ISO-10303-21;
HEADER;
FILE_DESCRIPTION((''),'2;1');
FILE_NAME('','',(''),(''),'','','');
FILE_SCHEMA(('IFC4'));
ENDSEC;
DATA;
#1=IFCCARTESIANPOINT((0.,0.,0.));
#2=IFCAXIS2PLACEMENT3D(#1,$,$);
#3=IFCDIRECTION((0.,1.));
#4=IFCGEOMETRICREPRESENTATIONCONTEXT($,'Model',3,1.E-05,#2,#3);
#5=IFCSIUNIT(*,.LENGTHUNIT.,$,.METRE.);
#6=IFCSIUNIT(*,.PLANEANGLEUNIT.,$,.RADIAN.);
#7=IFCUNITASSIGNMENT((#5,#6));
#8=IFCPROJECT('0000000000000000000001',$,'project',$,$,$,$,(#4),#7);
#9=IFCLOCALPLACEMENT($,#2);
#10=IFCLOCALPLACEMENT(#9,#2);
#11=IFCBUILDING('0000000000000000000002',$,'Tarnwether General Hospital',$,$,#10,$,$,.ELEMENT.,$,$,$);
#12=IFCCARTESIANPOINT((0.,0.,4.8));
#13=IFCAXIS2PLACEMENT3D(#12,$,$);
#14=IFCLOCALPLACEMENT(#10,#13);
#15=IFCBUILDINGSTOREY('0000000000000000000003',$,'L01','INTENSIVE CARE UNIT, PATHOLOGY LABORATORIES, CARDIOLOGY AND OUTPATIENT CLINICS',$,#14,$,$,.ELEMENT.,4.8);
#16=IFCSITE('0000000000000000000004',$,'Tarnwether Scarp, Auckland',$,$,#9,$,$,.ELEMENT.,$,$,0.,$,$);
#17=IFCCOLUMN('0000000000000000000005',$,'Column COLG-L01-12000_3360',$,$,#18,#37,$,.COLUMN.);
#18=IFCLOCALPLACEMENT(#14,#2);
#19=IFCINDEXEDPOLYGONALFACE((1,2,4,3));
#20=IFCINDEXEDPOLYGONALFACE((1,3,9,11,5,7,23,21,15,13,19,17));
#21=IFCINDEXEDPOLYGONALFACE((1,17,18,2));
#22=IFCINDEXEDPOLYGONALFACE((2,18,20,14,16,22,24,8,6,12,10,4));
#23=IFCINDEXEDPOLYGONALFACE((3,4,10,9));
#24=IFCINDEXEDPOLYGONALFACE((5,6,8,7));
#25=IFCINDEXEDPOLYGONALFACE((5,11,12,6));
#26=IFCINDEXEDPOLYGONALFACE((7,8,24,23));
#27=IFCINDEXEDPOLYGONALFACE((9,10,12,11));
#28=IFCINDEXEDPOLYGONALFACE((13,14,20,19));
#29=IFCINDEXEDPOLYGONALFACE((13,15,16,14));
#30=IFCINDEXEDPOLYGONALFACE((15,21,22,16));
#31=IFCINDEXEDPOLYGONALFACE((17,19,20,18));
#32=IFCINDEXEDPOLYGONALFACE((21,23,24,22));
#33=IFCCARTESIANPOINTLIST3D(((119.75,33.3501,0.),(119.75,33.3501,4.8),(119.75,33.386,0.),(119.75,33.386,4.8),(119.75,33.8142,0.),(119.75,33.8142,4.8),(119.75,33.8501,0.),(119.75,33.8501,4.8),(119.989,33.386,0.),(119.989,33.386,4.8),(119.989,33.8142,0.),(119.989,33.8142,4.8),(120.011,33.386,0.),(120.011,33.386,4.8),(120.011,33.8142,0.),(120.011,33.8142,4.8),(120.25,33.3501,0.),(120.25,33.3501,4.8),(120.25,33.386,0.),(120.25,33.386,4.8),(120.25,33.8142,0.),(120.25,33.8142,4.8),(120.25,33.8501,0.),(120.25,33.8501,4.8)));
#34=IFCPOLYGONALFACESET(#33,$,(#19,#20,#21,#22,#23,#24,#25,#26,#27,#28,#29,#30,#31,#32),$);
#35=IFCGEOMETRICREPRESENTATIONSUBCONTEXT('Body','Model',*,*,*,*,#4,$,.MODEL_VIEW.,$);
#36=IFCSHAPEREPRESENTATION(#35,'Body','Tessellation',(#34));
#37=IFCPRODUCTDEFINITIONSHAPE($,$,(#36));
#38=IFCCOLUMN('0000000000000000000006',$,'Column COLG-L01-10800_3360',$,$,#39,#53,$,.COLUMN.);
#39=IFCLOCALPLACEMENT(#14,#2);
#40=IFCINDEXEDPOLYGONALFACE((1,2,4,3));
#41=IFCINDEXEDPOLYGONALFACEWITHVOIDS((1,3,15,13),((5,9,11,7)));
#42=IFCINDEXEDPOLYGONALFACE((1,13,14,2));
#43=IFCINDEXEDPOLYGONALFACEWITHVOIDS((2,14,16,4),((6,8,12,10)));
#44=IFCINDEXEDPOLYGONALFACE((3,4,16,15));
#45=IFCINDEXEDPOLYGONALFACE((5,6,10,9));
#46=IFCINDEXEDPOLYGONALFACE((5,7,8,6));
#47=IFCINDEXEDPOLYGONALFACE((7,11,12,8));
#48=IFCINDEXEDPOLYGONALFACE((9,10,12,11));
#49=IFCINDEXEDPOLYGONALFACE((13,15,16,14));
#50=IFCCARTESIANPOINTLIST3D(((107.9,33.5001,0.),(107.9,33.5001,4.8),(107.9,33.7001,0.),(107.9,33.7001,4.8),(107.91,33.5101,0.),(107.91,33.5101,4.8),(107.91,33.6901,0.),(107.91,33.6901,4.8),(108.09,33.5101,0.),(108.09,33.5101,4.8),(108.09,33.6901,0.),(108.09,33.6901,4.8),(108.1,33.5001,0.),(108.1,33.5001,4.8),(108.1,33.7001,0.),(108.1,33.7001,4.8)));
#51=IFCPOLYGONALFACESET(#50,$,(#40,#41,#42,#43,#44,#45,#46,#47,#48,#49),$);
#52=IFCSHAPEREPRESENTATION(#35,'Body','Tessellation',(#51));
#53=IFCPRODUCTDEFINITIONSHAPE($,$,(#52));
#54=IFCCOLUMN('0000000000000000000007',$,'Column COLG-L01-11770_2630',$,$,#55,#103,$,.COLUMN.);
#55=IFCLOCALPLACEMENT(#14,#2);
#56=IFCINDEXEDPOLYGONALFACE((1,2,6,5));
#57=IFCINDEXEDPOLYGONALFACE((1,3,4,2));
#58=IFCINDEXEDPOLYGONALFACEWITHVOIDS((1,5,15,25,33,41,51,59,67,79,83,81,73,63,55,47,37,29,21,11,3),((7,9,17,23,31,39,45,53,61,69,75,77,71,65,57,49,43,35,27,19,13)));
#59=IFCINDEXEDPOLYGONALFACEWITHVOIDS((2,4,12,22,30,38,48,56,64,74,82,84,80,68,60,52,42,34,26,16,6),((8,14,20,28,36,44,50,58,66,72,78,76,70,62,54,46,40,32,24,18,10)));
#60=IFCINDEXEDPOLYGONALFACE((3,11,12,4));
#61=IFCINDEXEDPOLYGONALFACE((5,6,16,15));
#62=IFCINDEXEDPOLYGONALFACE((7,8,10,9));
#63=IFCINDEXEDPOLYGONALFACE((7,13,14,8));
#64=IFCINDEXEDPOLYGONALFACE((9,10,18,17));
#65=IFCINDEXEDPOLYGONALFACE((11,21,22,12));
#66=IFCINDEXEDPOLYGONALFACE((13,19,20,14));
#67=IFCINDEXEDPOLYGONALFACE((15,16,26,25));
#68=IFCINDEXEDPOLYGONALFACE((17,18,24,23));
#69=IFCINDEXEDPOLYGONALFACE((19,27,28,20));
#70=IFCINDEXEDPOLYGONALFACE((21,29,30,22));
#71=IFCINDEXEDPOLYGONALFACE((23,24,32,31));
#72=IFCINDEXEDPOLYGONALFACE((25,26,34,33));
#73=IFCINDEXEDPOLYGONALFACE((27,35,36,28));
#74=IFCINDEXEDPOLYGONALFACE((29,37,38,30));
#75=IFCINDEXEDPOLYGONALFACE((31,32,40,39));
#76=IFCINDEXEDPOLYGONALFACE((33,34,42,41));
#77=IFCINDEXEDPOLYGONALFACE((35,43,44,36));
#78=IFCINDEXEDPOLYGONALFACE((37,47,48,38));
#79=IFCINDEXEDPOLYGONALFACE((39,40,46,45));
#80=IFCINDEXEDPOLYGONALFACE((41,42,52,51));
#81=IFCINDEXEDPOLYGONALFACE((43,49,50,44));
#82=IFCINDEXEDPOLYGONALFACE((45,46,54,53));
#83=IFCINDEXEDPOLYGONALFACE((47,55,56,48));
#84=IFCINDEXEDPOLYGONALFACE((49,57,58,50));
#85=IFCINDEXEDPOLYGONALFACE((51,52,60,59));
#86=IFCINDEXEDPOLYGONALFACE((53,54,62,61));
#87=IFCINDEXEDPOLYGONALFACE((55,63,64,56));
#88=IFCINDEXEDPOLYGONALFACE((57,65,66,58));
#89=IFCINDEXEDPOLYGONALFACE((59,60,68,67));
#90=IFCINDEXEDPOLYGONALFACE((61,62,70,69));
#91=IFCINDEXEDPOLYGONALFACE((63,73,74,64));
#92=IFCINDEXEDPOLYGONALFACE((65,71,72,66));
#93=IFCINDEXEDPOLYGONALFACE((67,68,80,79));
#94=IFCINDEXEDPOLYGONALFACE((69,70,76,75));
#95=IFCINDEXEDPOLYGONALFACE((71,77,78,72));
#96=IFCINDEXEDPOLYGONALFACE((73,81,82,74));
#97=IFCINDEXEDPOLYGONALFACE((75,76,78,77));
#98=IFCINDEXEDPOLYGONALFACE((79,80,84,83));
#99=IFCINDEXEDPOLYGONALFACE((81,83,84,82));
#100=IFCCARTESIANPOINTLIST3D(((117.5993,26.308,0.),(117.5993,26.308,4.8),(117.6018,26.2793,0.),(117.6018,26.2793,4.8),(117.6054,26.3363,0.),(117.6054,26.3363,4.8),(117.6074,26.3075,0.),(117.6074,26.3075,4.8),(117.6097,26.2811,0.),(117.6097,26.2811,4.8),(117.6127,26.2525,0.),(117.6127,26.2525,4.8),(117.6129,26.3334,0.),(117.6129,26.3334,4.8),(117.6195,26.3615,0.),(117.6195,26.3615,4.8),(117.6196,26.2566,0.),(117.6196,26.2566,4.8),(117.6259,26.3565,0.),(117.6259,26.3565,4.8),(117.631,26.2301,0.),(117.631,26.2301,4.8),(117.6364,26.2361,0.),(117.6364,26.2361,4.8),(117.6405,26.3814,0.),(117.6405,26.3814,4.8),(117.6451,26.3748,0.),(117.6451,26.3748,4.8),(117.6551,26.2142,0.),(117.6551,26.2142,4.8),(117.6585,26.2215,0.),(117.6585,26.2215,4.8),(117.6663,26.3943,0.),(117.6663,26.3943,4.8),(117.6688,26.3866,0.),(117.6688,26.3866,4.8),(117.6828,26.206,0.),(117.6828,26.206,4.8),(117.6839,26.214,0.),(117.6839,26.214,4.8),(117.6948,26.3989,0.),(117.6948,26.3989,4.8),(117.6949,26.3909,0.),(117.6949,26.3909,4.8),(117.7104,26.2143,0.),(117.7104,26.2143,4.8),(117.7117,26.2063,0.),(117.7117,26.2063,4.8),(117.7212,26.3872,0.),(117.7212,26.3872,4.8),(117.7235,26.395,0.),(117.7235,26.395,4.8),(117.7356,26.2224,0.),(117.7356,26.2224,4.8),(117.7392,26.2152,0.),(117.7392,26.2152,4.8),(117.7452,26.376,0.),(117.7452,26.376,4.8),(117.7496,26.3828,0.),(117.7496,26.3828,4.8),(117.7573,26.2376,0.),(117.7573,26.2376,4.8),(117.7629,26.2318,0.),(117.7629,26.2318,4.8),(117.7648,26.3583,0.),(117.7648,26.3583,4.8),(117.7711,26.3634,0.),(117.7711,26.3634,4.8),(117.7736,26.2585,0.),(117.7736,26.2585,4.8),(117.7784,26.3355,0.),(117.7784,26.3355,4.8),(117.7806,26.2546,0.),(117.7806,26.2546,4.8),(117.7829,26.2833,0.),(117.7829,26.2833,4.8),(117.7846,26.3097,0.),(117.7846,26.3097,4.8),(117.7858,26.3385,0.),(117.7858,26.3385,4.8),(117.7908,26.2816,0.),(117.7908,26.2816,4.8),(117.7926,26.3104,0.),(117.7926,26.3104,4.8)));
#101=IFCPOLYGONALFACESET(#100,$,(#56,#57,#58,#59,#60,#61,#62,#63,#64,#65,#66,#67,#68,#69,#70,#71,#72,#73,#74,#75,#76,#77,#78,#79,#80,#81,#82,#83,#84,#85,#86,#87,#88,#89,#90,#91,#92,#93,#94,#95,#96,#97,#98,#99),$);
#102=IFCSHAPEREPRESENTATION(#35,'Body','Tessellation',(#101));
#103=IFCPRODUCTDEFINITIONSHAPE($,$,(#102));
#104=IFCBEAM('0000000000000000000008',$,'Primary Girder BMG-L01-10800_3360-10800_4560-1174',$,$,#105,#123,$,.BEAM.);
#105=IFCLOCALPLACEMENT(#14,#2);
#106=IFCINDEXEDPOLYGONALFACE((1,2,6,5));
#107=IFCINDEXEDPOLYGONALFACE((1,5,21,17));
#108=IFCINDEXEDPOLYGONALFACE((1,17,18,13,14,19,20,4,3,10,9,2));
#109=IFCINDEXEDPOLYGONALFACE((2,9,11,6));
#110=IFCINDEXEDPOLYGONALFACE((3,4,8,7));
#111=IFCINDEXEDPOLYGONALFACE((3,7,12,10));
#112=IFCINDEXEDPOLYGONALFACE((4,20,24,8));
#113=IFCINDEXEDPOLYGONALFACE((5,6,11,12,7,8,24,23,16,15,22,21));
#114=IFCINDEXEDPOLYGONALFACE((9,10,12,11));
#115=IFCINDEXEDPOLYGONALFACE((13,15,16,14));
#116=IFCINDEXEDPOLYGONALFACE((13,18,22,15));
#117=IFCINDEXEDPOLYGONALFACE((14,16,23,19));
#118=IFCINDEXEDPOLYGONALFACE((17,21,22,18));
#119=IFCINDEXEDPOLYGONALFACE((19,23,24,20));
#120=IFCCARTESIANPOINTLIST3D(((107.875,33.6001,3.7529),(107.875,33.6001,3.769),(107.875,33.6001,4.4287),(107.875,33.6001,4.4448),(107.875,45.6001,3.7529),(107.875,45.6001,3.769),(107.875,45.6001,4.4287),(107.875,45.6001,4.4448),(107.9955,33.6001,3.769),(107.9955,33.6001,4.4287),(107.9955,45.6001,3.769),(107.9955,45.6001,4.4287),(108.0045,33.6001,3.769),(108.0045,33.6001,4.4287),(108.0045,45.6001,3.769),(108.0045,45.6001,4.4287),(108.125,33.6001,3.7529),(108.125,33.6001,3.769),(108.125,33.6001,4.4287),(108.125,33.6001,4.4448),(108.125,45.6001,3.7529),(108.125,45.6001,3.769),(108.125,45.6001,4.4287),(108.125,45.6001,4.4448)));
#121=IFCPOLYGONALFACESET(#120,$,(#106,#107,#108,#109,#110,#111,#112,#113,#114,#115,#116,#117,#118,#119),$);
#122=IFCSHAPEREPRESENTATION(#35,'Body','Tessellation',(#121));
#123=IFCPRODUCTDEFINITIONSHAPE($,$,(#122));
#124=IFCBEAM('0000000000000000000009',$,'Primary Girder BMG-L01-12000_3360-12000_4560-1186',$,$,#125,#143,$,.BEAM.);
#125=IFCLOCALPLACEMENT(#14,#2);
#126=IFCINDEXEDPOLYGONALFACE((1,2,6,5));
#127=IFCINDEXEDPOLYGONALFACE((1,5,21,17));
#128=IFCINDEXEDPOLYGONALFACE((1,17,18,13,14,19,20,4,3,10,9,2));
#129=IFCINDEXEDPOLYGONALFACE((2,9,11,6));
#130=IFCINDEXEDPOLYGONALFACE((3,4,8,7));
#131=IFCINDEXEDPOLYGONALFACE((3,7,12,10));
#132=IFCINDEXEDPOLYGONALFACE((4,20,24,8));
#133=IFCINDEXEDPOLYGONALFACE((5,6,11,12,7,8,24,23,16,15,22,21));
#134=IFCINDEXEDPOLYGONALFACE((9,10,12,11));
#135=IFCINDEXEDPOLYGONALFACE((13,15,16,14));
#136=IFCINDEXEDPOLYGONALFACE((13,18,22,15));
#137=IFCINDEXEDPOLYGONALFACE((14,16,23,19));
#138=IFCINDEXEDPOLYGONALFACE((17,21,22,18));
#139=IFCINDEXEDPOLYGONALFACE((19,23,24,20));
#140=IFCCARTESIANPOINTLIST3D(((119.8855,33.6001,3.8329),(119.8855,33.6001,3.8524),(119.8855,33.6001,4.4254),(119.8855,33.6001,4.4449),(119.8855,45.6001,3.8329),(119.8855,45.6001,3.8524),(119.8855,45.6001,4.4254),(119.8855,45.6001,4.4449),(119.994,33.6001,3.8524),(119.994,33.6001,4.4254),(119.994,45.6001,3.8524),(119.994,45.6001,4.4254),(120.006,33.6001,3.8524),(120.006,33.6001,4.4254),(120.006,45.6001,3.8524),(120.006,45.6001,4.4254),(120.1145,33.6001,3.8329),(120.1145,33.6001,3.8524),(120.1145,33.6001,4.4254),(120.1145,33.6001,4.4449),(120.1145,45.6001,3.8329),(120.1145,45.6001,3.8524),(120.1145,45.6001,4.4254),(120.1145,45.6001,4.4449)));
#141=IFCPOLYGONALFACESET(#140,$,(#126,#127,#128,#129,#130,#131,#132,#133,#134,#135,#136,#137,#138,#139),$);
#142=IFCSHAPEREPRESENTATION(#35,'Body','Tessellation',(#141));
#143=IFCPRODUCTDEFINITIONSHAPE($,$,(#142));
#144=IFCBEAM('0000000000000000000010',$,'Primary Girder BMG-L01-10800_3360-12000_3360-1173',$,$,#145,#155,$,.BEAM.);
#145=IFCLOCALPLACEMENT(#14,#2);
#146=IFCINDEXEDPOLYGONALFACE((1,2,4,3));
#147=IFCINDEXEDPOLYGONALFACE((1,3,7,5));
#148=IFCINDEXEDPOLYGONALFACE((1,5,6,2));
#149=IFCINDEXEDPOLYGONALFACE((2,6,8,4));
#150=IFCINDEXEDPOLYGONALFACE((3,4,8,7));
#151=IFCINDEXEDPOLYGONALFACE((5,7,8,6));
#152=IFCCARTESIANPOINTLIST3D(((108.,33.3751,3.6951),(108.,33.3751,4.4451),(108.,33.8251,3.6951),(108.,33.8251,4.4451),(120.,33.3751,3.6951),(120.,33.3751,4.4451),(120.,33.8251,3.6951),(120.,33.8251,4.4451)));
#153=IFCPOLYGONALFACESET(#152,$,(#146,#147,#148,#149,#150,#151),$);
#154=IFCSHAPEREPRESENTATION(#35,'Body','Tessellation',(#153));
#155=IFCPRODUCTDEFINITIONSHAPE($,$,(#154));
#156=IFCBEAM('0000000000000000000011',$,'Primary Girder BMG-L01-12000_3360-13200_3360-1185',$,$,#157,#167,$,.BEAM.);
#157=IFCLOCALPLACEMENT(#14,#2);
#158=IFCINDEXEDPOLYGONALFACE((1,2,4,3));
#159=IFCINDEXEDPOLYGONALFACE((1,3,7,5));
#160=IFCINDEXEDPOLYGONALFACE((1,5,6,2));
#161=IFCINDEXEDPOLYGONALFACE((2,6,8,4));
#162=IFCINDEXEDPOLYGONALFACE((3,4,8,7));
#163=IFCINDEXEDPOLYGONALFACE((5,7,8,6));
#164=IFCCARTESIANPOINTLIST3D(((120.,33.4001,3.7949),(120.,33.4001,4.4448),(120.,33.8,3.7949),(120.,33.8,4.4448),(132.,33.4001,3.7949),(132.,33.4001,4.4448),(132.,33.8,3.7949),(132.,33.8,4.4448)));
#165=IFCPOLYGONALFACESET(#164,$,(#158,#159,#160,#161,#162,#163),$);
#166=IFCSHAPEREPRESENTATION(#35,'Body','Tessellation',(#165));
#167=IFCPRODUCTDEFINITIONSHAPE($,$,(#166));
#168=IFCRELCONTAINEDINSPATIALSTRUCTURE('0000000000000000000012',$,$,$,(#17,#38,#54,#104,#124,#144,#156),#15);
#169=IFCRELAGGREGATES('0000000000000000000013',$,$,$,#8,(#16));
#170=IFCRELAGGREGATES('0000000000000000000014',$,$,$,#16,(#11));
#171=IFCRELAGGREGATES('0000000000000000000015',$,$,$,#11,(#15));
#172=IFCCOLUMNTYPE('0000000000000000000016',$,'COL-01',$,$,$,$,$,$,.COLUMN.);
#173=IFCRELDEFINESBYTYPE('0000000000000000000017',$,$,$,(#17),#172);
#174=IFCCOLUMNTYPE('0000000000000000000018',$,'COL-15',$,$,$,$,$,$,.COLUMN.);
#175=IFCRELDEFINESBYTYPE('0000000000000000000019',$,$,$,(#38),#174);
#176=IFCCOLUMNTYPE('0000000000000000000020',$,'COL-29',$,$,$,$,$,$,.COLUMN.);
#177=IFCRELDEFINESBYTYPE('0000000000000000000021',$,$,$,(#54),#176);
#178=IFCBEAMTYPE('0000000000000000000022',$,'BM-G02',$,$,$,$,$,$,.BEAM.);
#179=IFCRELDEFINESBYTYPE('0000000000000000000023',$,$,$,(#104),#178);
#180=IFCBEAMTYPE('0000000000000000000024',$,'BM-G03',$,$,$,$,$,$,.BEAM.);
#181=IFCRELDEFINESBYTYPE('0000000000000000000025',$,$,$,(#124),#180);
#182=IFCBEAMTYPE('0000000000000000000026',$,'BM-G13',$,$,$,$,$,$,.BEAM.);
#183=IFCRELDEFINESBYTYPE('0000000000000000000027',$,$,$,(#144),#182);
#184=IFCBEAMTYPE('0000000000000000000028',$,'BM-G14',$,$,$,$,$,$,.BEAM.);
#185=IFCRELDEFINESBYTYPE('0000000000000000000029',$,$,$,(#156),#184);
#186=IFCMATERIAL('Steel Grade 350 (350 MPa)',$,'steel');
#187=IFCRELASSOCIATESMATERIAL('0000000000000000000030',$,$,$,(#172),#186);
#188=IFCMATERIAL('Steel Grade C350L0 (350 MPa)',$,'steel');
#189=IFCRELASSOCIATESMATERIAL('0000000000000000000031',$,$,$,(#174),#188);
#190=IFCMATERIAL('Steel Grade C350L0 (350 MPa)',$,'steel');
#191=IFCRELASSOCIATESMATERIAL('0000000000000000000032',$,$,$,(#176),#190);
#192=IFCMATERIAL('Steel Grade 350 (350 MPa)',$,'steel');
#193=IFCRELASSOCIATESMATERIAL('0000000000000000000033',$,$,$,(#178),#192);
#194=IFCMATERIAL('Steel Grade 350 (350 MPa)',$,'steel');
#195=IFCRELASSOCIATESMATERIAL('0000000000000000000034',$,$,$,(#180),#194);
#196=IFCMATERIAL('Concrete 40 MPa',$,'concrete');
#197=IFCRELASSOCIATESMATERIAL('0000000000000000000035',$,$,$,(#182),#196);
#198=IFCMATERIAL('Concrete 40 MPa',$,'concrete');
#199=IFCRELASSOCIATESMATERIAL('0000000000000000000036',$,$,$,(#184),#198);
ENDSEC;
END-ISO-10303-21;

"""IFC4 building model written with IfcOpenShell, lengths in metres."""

from ifc_helpers import new_model, si_unit, direction, frame, origin, origin_2d, place, context, subcontext, project, spatial, rectangle, hollow_rectangle, hollow_circle, i_section, extrude, material, material_profile, profile_set, type_object, element, save


model = new_model("IFC4")

# Units and contexts
model_context = context("Model", 3, precision=1e-05, world=origin(), true_north=direction((0.0, 1.0)))
body_context = subcontext(model_context, "Body", "Model", "MODEL_VIEW")
ifc_project = project(units=[si_unit("LENGTHUNIT", "METRE"), si_unit("PLANEANGLEUNIT", "RADIAN")], contexts=[model_context])

# Site, building, storey
site_placement = place(None, origin())
site = spatial("IfcSite", under=ifc_project, at=site_placement, Name="Tarnwether Scarp, Auckland", CompositionType="ELEMENT", RefElevation=0.0)
building_placement = place(site_placement, origin())
building = spatial("IfcBuilding", under=site, at=building_placement, Name="Tarnwether General Hospital", CompositionType="ELEMENT")
storey_placement = place(building_placement, frame((0.0, 0.0, 4.8)))
storey = spatial("IfcBuildingStorey", under=building, at=storey_placement, Name="L01", Description="INTENSIVE CARE UNIT, PATHOLOGY LABORATORIES, CARDIOLOGY AND OUTPATIENT CLINICS", CompositionType="ELEMENT", Elevation=4.8)

# Columns
ifc_material_1 = material(Name="Steel Grade 350 (350 MPa)", Category="steel")
ifc_material_profile_1 = material_profile(ifc_material_1, i_section(OverallWidth=0.5, OverallDepth=0.5, WebThickness=0.022, FlangeThickness=0.0359, at=origin_2d()), Name="500WC380")
ifc_profile_set_1 = profile_set([ifc_material_profile_1], Name="Steel Grade 350 (350 MPa)")
column_type_1 = type_object("IfcColumnType", Name="COL-01", PredefinedType="COLUMN", material=ifc_profile_set_1)
column_1_placement = place(storey_placement, frame((120.0, 33.6001, 0.0), z_axis=(0.0, 0.0, 1.0), x_axis=(1.0, 0.0, 0.0)))
element("IfcColumn", 1, at=column_1_placement, inside=storey, type_object=column_type_1, Name="Column COLG-L01-12000_3360", PredefinedType="COLUMN", context=body_context, shape_type="SweptSolid", body=[
    extrude(i_section(OverallWidth=0.5, OverallDepth=0.5, WebThickness=0.022, FlangeThickness=0.0359, at=origin_2d()), origin(), (0.0, 0.0, 1.0), 4.8),
])
ifc_material_2 = material(Name="Steel Grade C350L0 (350 MPa)", Category="steel")
ifc_material_profile_2 = material_profile(ifc_material_2, hollow_rectangle(XDim=0.2, YDim=0.2, WallThickness=0.01, at=origin_2d()), Name="SHS200x200x10")
ifc_profile_set_2 = profile_set([ifc_material_profile_2], Name="Steel Grade C350L0 (350 MPa)")
column_type_2 = type_object("IfcColumnType", Name="COL-15", PredefinedType="COLUMN", material=ifc_profile_set_2)
column_2_placement = place(storey_placement, frame((108.0, 33.6001, 0.0), z_axis=(0.0, 0.0, 1.0), x_axis=(0.0, 1.0, 0.0)))
element("IfcColumn", 2, at=column_2_placement, inside=storey, type_object=column_type_2, Name="Column COLG-L01-10800_3360", PredefinedType="COLUMN", context=body_context, shape_type="SweptSolid", body=[
    extrude(hollow_rectangle(XDim=0.2, YDim=0.2, WallThickness=0.01, at=origin_2d()), origin(), (0.0, 0.0, 1.0), 4.8),
])
ifc_material_3 = material(Name="Steel Grade C350L0 (350 MPa)", Category="steel")
ifc_material_profile_3 = material_profile(ifc_material_3, hollow_circle(Radius=0.0969, WallThickness=0.0081, at=origin_2d()), Name="CHS193.7x8.0")
ifc_profile_set_3 = profile_set([ifc_material_profile_3], Name="Steel Grade C350L0 (350 MPa)")
column_type_3 = type_object("IfcColumnType", Name="COL-29", PredefinedType="COLUMN", material=ifc_profile_set_3)
column_3_placement = place(storey_placement, frame((117.696, 26.302, 0.0), z_axis=(0.0, 0.0, 1.0), x_axis=(-0.573576, 0.819152, 0.0)))
element("IfcColumn", 3, at=column_3_placement, inside=storey, type_object=column_type_3, Name="Column COLG-L01-11770_2630", PredefinedType="COLUMN", context=body_context, shape_type="SweptSolid", body=[
    extrude(hollow_circle(Radius=0.0969, WallThickness=0.0081, at=origin_2d()), origin(), (0.0, 0.0, 1.0), 4.8),
])

# Beams
ifc_material_4 = material(Name="Steel Grade 350 (350 MPa)", Category="steel")
ifc_material_profile_4 = material_profile(ifc_material_4, i_section(OverallWidth=0.25, OverallDepth=0.6919, WebThickness=0.009, FlangeThickness=0.0161, at=origin_2d()), Name="700WB115")
ifc_profile_set_4 = profile_set([ifc_material_profile_4], Name="Steel Grade 350 (350 MPa)")
beam_type_1 = type_object("IfcBeamType", Name="BM-G02", PredefinedType="BEAM", material=ifc_profile_set_4)
beam_1_placement = place(storey_placement, frame((108.0, 33.6001, 4.0989), z_axis=(0.0, 1.0, 0.0), x_axis=(-1.0, 0.0, 0.0)))
element("IfcBeam", 4, at=beam_1_placement, inside=storey, type_object=beam_type_1, Name="Primary Girder BMG-L01-10800_3360-10800_4560-1174", PredefinedType="BEAM", context=body_context, shape_type="SweptSolid", body=[
    extrude(i_section(OverallWidth=0.25, OverallDepth=0.6919, WebThickness=0.009, FlangeThickness=0.0161, at=origin_2d()), origin(), (0.0, 0.0, 1.0), 12.0),
])
ifc_material_5 = material(Name="Steel Grade 350 (350 MPa)", Category="steel")
ifc_material_profile_5 = material_profile(ifc_material_5, i_section(OverallWidth=0.229, OverallDepth=0.6121, WebThickness=0.012, FlangeThickness=0.0195, at=origin_2d()), Name="610UB125")
ifc_profile_set_5 = profile_set([ifc_material_profile_5], Name="Steel Grade 350 (350 MPa)")
beam_type_2 = type_object("IfcBeamType", Name="BM-G03", PredefinedType="BEAM", material=ifc_profile_set_5)
beam_2_placement = place(storey_placement, frame((120.0, 33.6001, 4.1389), z_axis=(0.0, 1.0, 0.0), x_axis=(-1.0, 0.0, 0.0)))
element("IfcBeam", 5, at=beam_2_placement, inside=storey, type_object=beam_type_2, Name="Primary Girder BMG-L01-12000_3360-12000_4560-1186", PredefinedType="BEAM", context=body_context, shape_type="SweptSolid", body=[
    extrude(i_section(OverallWidth=0.229, OverallDepth=0.6121, WebThickness=0.012, FlangeThickness=0.0195, at=origin_2d()), origin(), (0.0, 0.0, 1.0), 12.0),
])
ifc_material_6 = material(Name="Concrete 40 MPa", Category="concrete")
ifc_material_profile_6 = material_profile(ifc_material_6, rectangle(XDim=0.45, YDim=0.75, at=origin_2d()), Name="RC-BM-450x750")
ifc_profile_set_6 = profile_set([ifc_material_profile_6], Name="Concrete 40 MPa")
beam_type_3 = type_object("IfcBeamType", Name="BM-G13", PredefinedType="BEAM", material=ifc_profile_set_6)
beam_3_placement = place(storey_placement, frame((108.0, 33.6001, 4.0701), z_axis=(1.0, 0.0, 0.0), x_axis=(0.0, 1.0, 0.0)))
element("IfcBeam", 6, at=beam_3_placement, inside=storey, type_object=beam_type_3, Name="Primary Girder BMG-L01-10800_3360-12000_3360-1173", PredefinedType="BEAM", context=body_context, shape_type="SweptSolid", body=[
    extrude(rectangle(XDim=0.45, YDim=0.75, at=origin_2d()), origin(), (0.0, 0.0, 1.0), 12.0),
])
ifc_material_7 = material(Name="Concrete 40 MPa", Category="concrete")
ifc_material_profile_7 = material_profile(ifc_material_7, rectangle(XDim=0.3999, YDim=0.6499, at=origin_2d()), Name="RC-BM-400x650")
ifc_profile_set_7 = profile_set([ifc_material_profile_7], Name="Concrete 40 MPa")
beam_type_4 = type_object("IfcBeamType", Name="BM-G14", PredefinedType="BEAM", material=ifc_profile_set_7)
beam_4_placement = place(storey_placement, frame((120.0, 33.6001, 4.1199), z_axis=(1.0, 0.0, 0.0), x_axis=(0.0, 1.0, 0.0)))
element("IfcBeam", 7, at=beam_4_placement, inside=storey, type_object=beam_type_4, Name="Primary Girder BMG-L01-12000_3360-13200_3360-1185", PredefinedType="BEAM", context=body_context, shape_type="SweptSolid", body=[
    extrude(rectangle(XDim=0.3999, YDim=0.6499, at=origin_2d()), origin(), (0.0, 0.0, 1.0), 12.0),
])

save(model, "model.ifc")
